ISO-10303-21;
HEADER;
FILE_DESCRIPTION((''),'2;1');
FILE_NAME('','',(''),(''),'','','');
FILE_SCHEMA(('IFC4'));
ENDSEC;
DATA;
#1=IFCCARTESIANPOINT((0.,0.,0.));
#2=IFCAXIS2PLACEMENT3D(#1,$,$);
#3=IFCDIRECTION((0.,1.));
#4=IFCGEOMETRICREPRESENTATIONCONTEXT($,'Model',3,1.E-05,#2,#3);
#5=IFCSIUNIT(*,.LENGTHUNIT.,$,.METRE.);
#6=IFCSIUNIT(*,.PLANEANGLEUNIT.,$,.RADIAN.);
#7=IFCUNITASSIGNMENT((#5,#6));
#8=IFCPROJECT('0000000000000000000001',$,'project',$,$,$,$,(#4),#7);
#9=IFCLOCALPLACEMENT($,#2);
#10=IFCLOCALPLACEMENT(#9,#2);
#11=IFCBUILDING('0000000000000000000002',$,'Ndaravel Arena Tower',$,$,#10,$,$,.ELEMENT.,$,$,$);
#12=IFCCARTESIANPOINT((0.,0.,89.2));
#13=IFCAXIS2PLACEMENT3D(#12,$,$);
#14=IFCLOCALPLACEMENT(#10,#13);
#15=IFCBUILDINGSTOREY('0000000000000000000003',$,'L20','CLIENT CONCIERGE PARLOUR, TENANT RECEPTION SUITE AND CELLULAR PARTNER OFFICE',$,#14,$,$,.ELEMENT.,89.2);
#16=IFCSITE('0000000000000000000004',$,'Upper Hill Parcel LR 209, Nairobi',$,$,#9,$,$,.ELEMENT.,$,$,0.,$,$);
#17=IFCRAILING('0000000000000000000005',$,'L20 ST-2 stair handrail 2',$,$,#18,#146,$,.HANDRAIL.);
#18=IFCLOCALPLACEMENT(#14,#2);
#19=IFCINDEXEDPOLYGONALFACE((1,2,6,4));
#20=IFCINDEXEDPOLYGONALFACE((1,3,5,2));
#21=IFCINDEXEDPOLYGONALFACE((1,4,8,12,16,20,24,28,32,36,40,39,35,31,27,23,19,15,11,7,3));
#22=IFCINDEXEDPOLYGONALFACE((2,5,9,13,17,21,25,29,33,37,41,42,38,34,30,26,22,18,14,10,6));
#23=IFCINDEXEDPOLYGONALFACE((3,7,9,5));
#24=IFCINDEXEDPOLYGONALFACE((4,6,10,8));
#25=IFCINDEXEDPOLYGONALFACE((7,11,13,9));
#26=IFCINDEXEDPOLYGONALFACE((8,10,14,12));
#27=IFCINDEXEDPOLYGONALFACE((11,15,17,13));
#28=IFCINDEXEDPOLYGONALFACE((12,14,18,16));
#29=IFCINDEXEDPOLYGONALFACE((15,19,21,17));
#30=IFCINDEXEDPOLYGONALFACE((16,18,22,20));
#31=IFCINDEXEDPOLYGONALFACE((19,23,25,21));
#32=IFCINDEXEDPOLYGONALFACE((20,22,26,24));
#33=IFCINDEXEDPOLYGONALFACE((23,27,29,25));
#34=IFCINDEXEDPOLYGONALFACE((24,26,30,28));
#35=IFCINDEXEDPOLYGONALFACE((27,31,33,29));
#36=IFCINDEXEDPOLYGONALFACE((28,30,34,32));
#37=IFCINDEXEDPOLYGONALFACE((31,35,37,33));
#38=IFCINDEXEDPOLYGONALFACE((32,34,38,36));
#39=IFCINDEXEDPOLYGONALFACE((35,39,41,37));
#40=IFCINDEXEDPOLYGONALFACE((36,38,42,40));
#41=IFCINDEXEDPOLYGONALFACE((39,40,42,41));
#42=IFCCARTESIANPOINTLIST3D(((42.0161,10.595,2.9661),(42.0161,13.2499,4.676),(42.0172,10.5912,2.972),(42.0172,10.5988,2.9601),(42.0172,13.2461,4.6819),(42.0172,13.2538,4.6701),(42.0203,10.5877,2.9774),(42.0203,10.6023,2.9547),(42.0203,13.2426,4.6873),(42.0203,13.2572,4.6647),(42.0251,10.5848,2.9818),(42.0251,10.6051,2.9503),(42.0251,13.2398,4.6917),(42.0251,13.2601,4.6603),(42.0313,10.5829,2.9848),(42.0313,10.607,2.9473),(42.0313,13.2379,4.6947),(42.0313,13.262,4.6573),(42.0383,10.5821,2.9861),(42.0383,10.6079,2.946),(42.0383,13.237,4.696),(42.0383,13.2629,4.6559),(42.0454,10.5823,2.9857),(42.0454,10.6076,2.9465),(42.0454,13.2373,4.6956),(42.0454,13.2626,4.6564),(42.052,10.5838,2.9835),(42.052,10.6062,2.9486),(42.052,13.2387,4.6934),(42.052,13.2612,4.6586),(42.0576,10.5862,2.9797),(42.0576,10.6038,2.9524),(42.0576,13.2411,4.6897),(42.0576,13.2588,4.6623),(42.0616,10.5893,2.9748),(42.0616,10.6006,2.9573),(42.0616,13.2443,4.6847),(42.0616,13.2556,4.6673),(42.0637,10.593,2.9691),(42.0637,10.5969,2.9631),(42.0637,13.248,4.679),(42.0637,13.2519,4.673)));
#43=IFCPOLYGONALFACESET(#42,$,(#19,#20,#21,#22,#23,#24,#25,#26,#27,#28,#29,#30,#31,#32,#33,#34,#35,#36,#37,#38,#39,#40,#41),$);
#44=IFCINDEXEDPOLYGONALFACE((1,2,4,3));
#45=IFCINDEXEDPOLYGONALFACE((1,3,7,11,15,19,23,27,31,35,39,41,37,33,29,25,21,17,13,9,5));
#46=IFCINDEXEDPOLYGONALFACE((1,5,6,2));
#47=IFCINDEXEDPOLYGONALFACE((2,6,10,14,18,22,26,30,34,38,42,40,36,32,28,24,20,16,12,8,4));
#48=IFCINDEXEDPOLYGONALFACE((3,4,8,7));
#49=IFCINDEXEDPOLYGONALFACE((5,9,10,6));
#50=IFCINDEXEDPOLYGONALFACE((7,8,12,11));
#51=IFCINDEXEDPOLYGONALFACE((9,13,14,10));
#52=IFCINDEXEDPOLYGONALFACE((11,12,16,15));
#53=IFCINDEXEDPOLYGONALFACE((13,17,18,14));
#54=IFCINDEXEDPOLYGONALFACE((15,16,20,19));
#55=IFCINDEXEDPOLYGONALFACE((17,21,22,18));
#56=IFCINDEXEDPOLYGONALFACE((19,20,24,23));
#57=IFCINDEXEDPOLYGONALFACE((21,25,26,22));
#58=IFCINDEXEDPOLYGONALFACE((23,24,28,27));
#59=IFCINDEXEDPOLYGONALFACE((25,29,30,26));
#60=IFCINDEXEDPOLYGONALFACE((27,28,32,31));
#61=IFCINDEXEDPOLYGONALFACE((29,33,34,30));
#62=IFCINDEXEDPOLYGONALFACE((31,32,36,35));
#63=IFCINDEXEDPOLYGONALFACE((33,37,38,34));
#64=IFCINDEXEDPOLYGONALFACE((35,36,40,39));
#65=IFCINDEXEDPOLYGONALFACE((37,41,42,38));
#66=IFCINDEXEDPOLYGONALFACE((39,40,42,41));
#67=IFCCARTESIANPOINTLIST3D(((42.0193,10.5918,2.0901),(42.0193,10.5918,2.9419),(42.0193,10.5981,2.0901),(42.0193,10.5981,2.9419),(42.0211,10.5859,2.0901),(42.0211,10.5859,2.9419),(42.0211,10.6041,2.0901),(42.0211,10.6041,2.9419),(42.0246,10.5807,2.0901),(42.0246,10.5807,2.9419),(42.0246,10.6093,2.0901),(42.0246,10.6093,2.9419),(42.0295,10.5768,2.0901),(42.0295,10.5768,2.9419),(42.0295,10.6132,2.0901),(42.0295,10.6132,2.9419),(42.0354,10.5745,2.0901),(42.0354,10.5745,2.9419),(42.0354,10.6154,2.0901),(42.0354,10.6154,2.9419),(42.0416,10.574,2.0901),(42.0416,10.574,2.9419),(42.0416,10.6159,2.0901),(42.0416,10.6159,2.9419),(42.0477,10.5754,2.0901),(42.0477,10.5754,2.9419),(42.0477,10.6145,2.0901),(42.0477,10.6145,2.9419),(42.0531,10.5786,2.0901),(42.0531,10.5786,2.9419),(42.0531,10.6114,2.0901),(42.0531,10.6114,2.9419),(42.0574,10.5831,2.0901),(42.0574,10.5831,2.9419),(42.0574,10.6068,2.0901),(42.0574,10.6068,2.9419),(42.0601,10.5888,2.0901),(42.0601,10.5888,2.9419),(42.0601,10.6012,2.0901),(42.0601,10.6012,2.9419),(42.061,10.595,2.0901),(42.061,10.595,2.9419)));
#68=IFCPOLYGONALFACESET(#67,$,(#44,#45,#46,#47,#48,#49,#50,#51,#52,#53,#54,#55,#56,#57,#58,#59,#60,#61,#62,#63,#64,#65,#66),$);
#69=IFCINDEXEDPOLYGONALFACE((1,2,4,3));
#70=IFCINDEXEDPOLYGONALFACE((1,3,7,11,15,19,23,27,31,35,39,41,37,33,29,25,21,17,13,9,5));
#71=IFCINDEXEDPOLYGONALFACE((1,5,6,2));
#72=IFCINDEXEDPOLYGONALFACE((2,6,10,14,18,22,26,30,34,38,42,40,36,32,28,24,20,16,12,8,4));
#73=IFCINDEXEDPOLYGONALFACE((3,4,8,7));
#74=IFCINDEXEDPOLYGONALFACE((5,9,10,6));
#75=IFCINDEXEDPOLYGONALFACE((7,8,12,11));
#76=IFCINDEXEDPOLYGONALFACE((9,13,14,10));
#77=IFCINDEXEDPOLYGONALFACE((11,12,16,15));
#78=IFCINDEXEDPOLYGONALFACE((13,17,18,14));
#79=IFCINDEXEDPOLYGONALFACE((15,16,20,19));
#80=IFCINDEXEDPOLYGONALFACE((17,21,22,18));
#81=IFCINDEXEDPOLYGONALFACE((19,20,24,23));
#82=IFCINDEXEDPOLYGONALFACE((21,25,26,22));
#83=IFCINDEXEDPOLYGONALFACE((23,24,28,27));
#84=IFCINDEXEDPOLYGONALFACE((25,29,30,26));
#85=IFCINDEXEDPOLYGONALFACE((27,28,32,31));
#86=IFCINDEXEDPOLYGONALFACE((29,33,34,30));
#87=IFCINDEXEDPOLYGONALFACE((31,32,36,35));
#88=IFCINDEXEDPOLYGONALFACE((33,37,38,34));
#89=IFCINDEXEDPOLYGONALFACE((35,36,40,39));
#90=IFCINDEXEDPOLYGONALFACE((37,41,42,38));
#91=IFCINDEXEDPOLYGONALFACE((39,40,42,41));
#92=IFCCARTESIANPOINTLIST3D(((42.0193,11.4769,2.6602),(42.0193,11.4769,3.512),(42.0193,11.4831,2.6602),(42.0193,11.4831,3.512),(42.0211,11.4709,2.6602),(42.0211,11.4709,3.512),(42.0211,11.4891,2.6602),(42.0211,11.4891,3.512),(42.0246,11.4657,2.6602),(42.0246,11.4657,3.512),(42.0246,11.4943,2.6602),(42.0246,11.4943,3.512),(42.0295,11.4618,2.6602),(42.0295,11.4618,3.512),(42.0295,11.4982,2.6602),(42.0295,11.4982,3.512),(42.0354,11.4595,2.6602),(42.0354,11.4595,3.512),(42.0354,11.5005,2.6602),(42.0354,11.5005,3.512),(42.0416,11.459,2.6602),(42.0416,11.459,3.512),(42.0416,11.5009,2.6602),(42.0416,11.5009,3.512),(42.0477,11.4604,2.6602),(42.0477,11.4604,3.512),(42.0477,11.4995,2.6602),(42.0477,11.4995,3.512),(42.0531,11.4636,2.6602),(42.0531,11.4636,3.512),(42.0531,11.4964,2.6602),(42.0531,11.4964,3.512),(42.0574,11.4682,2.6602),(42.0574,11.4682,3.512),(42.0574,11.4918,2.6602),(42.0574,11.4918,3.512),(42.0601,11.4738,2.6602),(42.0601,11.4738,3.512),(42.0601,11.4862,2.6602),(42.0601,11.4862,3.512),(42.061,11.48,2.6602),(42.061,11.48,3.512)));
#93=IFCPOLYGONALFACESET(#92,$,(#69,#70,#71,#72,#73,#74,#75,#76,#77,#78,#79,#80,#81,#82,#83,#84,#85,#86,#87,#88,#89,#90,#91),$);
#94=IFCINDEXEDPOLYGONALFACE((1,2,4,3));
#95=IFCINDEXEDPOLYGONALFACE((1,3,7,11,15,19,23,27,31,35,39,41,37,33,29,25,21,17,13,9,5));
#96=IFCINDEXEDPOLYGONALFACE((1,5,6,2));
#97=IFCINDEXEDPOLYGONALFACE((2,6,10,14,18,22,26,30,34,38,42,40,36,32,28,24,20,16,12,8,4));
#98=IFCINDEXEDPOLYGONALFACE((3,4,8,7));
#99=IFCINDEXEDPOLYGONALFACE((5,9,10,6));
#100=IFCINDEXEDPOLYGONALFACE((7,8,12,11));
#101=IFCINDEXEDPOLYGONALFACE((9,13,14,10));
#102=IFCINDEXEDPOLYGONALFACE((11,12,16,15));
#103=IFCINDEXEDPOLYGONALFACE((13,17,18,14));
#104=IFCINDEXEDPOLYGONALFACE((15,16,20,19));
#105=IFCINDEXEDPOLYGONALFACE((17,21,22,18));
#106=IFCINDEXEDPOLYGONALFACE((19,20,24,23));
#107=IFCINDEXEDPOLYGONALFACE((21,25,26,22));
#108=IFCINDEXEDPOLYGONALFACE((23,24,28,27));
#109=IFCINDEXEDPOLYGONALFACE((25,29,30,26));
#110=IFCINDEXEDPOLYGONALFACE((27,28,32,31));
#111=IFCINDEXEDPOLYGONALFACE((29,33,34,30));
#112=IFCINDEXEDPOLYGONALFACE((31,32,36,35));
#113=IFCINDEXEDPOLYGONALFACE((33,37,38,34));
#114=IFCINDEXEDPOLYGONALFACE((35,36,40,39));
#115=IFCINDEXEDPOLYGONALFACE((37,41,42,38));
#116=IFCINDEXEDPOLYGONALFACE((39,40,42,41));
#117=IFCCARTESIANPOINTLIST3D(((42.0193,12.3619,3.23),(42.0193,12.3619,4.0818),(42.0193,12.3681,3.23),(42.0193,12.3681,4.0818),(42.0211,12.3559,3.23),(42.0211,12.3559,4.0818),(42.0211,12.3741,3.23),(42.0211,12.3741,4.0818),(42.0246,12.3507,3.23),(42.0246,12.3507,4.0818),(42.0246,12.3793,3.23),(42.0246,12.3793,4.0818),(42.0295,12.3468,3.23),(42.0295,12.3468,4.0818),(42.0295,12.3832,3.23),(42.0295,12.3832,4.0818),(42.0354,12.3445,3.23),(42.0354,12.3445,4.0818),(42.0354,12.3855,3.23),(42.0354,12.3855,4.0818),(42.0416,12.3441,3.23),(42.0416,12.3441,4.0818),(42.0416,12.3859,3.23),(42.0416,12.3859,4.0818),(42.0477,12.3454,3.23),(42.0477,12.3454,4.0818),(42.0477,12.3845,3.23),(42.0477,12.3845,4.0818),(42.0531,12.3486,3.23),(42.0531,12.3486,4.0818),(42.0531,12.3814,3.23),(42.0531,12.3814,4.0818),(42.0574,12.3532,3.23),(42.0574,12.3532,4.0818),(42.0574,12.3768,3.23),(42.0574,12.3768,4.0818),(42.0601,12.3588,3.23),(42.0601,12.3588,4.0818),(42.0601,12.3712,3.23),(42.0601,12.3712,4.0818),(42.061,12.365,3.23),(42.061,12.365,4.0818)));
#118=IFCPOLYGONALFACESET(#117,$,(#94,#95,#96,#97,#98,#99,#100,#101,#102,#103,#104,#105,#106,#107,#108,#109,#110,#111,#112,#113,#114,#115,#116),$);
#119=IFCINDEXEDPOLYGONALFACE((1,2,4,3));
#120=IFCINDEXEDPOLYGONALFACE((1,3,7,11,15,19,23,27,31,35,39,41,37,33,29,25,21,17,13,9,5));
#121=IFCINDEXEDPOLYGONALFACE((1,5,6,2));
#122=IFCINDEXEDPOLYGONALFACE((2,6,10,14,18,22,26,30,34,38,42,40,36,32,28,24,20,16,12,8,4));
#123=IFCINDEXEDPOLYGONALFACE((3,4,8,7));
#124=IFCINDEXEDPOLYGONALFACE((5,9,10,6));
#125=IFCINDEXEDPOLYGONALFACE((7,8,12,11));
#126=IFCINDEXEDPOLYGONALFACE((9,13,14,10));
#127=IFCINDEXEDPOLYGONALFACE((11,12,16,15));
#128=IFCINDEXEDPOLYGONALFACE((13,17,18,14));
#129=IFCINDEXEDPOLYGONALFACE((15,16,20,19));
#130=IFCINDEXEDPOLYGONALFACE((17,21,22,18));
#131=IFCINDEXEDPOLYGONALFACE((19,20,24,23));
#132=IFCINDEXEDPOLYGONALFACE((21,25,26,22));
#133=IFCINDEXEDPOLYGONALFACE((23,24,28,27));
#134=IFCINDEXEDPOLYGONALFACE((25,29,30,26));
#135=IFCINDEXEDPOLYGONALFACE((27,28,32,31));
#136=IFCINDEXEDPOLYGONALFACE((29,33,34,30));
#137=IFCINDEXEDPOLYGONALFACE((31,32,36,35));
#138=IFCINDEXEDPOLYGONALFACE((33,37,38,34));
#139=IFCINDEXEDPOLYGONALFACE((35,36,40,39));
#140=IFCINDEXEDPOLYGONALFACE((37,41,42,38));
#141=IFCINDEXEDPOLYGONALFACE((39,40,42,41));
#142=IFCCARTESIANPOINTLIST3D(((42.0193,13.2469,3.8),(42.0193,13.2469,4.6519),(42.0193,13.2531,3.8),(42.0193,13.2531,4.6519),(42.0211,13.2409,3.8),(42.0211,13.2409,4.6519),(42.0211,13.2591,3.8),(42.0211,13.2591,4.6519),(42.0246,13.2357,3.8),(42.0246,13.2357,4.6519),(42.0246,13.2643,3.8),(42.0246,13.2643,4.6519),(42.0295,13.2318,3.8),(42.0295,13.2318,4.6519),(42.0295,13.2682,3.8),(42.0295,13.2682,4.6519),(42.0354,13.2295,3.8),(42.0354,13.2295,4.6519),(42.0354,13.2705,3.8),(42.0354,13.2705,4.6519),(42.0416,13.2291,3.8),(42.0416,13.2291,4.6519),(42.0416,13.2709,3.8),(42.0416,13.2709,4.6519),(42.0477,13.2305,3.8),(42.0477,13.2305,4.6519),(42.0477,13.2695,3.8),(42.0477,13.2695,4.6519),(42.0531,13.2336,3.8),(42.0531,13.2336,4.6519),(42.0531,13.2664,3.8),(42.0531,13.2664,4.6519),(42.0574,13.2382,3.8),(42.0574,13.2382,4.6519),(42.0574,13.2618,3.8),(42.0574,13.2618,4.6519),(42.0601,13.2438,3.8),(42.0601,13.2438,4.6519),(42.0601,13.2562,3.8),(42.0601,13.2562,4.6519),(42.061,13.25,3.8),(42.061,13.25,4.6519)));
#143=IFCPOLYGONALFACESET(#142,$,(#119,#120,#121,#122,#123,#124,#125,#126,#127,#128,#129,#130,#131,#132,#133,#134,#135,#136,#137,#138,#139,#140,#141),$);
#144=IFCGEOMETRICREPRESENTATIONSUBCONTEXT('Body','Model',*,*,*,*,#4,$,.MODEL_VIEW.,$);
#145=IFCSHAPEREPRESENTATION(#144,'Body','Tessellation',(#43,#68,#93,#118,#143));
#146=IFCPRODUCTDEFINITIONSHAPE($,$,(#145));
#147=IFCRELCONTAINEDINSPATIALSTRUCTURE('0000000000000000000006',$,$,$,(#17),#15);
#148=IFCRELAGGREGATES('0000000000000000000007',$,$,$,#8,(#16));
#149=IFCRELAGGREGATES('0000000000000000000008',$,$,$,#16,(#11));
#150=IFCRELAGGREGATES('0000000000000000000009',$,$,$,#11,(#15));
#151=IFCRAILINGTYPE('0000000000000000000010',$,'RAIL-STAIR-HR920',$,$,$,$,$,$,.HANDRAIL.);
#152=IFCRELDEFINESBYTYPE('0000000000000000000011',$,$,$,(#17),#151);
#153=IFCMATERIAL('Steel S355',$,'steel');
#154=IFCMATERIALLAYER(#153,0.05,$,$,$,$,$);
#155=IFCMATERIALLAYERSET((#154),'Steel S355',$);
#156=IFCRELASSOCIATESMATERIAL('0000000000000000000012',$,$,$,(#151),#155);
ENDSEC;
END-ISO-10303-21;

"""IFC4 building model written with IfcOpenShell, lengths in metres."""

from ifc_helpers import new_model, si_unit, direction, frame, origin, origin_2d, place, context, subcontext, project, spatial, circle, extrude, material, layer, layer_set, type_object, element, save


model = new_model("IFC4")

# Units and contexts
model_context = context("Model", 3, precision=1e-05, world=origin(), true_north=direction((0.0, 1.0)))
body_context = subcontext(model_context, "Body", "Model", "MODEL_VIEW")
ifc_project = project(units=[si_unit("LENGTHUNIT", "METRE"), si_unit("PLANEANGLEUNIT", "RADIAN")], contexts=[model_context])

# Site, building, storey
site_placement = place(None, origin())
site = spatial("IfcSite", under=ifc_project, at=site_placement, Name="Upper Hill Parcel LR 209, Nairobi", CompositionType="ELEMENT", RefElevation=0.0)
building_placement = place(site_placement, origin())
building = spatial("IfcBuilding", under=site, at=building_placement, Name="Ndaravel Arena Tower", CompositionType="ELEMENT")
storey_placement = place(building_placement, frame((0.0, 0.0, 89.2)))
storey = spatial("IfcBuildingStorey", under=building, at=storey_placement, Name="L20", Description="CLIENT CONCIERGE PARLOUR, TENANT RECEPTION SUITE AND CELLULAR PARTNER OFFICE", CompositionType="ELEMENT", Elevation=89.2)

# Railing
ifc_material_1 = material(Name="Steel S355", Category="steel")
ifc_layer_1 = layer(ifc_material_1, 0.05)
ifc_layer_set_1 = layer_set([ifc_layer_1], Name="Steel S355")
railing_type_1 = type_object("IfcRailingType", Name="RAIL-STAIR-HR920", PredefinedType="HANDRAIL", material=ifc_layer_set_1)
railing_1_placement = place(storey_placement, frame((42.04, 10.595, 2.0901)))
element("IfcRailing", 1, at=railing_1_placement, inside=storey, type_object=railing_type_1, Name="L20 ST-2 stair handrail 2", PredefinedType="HANDRAIL", context=body_context, shape_type="SweptSolid", body=[
    extrude(circle(Radius=0.0239, at=origin_2d()), frame((0.0, 0.0, 0.876), z_axis=(0.0, 0.840724, 0.541465), x_axis=(-1.0, 0.0, 0.0)), (0.0, 0.0, 1.0), 3.158),
    extrude(circle(Radius=0.021, at=origin_2d()), origin(), (0.0, 0.0, 1.0), 0.8518),
    extrude(circle(Radius=0.021, at=origin_2d()), frame((0.0, 0.885, 0.5701)), (0.0, 0.0, 1.0), 0.8518),
    extrude(circle(Radius=0.021, at=origin_2d()), frame((0.0, 1.77, 1.1399)), (0.0, 0.0, 1.0), 0.8518),
    extrude(circle(Radius=0.021, at=origin_2d()), frame((0.0, 2.655, 1.71)), (0.0, 0.0, 1.0), 0.8518),
])

save(model, "model.ifc")
